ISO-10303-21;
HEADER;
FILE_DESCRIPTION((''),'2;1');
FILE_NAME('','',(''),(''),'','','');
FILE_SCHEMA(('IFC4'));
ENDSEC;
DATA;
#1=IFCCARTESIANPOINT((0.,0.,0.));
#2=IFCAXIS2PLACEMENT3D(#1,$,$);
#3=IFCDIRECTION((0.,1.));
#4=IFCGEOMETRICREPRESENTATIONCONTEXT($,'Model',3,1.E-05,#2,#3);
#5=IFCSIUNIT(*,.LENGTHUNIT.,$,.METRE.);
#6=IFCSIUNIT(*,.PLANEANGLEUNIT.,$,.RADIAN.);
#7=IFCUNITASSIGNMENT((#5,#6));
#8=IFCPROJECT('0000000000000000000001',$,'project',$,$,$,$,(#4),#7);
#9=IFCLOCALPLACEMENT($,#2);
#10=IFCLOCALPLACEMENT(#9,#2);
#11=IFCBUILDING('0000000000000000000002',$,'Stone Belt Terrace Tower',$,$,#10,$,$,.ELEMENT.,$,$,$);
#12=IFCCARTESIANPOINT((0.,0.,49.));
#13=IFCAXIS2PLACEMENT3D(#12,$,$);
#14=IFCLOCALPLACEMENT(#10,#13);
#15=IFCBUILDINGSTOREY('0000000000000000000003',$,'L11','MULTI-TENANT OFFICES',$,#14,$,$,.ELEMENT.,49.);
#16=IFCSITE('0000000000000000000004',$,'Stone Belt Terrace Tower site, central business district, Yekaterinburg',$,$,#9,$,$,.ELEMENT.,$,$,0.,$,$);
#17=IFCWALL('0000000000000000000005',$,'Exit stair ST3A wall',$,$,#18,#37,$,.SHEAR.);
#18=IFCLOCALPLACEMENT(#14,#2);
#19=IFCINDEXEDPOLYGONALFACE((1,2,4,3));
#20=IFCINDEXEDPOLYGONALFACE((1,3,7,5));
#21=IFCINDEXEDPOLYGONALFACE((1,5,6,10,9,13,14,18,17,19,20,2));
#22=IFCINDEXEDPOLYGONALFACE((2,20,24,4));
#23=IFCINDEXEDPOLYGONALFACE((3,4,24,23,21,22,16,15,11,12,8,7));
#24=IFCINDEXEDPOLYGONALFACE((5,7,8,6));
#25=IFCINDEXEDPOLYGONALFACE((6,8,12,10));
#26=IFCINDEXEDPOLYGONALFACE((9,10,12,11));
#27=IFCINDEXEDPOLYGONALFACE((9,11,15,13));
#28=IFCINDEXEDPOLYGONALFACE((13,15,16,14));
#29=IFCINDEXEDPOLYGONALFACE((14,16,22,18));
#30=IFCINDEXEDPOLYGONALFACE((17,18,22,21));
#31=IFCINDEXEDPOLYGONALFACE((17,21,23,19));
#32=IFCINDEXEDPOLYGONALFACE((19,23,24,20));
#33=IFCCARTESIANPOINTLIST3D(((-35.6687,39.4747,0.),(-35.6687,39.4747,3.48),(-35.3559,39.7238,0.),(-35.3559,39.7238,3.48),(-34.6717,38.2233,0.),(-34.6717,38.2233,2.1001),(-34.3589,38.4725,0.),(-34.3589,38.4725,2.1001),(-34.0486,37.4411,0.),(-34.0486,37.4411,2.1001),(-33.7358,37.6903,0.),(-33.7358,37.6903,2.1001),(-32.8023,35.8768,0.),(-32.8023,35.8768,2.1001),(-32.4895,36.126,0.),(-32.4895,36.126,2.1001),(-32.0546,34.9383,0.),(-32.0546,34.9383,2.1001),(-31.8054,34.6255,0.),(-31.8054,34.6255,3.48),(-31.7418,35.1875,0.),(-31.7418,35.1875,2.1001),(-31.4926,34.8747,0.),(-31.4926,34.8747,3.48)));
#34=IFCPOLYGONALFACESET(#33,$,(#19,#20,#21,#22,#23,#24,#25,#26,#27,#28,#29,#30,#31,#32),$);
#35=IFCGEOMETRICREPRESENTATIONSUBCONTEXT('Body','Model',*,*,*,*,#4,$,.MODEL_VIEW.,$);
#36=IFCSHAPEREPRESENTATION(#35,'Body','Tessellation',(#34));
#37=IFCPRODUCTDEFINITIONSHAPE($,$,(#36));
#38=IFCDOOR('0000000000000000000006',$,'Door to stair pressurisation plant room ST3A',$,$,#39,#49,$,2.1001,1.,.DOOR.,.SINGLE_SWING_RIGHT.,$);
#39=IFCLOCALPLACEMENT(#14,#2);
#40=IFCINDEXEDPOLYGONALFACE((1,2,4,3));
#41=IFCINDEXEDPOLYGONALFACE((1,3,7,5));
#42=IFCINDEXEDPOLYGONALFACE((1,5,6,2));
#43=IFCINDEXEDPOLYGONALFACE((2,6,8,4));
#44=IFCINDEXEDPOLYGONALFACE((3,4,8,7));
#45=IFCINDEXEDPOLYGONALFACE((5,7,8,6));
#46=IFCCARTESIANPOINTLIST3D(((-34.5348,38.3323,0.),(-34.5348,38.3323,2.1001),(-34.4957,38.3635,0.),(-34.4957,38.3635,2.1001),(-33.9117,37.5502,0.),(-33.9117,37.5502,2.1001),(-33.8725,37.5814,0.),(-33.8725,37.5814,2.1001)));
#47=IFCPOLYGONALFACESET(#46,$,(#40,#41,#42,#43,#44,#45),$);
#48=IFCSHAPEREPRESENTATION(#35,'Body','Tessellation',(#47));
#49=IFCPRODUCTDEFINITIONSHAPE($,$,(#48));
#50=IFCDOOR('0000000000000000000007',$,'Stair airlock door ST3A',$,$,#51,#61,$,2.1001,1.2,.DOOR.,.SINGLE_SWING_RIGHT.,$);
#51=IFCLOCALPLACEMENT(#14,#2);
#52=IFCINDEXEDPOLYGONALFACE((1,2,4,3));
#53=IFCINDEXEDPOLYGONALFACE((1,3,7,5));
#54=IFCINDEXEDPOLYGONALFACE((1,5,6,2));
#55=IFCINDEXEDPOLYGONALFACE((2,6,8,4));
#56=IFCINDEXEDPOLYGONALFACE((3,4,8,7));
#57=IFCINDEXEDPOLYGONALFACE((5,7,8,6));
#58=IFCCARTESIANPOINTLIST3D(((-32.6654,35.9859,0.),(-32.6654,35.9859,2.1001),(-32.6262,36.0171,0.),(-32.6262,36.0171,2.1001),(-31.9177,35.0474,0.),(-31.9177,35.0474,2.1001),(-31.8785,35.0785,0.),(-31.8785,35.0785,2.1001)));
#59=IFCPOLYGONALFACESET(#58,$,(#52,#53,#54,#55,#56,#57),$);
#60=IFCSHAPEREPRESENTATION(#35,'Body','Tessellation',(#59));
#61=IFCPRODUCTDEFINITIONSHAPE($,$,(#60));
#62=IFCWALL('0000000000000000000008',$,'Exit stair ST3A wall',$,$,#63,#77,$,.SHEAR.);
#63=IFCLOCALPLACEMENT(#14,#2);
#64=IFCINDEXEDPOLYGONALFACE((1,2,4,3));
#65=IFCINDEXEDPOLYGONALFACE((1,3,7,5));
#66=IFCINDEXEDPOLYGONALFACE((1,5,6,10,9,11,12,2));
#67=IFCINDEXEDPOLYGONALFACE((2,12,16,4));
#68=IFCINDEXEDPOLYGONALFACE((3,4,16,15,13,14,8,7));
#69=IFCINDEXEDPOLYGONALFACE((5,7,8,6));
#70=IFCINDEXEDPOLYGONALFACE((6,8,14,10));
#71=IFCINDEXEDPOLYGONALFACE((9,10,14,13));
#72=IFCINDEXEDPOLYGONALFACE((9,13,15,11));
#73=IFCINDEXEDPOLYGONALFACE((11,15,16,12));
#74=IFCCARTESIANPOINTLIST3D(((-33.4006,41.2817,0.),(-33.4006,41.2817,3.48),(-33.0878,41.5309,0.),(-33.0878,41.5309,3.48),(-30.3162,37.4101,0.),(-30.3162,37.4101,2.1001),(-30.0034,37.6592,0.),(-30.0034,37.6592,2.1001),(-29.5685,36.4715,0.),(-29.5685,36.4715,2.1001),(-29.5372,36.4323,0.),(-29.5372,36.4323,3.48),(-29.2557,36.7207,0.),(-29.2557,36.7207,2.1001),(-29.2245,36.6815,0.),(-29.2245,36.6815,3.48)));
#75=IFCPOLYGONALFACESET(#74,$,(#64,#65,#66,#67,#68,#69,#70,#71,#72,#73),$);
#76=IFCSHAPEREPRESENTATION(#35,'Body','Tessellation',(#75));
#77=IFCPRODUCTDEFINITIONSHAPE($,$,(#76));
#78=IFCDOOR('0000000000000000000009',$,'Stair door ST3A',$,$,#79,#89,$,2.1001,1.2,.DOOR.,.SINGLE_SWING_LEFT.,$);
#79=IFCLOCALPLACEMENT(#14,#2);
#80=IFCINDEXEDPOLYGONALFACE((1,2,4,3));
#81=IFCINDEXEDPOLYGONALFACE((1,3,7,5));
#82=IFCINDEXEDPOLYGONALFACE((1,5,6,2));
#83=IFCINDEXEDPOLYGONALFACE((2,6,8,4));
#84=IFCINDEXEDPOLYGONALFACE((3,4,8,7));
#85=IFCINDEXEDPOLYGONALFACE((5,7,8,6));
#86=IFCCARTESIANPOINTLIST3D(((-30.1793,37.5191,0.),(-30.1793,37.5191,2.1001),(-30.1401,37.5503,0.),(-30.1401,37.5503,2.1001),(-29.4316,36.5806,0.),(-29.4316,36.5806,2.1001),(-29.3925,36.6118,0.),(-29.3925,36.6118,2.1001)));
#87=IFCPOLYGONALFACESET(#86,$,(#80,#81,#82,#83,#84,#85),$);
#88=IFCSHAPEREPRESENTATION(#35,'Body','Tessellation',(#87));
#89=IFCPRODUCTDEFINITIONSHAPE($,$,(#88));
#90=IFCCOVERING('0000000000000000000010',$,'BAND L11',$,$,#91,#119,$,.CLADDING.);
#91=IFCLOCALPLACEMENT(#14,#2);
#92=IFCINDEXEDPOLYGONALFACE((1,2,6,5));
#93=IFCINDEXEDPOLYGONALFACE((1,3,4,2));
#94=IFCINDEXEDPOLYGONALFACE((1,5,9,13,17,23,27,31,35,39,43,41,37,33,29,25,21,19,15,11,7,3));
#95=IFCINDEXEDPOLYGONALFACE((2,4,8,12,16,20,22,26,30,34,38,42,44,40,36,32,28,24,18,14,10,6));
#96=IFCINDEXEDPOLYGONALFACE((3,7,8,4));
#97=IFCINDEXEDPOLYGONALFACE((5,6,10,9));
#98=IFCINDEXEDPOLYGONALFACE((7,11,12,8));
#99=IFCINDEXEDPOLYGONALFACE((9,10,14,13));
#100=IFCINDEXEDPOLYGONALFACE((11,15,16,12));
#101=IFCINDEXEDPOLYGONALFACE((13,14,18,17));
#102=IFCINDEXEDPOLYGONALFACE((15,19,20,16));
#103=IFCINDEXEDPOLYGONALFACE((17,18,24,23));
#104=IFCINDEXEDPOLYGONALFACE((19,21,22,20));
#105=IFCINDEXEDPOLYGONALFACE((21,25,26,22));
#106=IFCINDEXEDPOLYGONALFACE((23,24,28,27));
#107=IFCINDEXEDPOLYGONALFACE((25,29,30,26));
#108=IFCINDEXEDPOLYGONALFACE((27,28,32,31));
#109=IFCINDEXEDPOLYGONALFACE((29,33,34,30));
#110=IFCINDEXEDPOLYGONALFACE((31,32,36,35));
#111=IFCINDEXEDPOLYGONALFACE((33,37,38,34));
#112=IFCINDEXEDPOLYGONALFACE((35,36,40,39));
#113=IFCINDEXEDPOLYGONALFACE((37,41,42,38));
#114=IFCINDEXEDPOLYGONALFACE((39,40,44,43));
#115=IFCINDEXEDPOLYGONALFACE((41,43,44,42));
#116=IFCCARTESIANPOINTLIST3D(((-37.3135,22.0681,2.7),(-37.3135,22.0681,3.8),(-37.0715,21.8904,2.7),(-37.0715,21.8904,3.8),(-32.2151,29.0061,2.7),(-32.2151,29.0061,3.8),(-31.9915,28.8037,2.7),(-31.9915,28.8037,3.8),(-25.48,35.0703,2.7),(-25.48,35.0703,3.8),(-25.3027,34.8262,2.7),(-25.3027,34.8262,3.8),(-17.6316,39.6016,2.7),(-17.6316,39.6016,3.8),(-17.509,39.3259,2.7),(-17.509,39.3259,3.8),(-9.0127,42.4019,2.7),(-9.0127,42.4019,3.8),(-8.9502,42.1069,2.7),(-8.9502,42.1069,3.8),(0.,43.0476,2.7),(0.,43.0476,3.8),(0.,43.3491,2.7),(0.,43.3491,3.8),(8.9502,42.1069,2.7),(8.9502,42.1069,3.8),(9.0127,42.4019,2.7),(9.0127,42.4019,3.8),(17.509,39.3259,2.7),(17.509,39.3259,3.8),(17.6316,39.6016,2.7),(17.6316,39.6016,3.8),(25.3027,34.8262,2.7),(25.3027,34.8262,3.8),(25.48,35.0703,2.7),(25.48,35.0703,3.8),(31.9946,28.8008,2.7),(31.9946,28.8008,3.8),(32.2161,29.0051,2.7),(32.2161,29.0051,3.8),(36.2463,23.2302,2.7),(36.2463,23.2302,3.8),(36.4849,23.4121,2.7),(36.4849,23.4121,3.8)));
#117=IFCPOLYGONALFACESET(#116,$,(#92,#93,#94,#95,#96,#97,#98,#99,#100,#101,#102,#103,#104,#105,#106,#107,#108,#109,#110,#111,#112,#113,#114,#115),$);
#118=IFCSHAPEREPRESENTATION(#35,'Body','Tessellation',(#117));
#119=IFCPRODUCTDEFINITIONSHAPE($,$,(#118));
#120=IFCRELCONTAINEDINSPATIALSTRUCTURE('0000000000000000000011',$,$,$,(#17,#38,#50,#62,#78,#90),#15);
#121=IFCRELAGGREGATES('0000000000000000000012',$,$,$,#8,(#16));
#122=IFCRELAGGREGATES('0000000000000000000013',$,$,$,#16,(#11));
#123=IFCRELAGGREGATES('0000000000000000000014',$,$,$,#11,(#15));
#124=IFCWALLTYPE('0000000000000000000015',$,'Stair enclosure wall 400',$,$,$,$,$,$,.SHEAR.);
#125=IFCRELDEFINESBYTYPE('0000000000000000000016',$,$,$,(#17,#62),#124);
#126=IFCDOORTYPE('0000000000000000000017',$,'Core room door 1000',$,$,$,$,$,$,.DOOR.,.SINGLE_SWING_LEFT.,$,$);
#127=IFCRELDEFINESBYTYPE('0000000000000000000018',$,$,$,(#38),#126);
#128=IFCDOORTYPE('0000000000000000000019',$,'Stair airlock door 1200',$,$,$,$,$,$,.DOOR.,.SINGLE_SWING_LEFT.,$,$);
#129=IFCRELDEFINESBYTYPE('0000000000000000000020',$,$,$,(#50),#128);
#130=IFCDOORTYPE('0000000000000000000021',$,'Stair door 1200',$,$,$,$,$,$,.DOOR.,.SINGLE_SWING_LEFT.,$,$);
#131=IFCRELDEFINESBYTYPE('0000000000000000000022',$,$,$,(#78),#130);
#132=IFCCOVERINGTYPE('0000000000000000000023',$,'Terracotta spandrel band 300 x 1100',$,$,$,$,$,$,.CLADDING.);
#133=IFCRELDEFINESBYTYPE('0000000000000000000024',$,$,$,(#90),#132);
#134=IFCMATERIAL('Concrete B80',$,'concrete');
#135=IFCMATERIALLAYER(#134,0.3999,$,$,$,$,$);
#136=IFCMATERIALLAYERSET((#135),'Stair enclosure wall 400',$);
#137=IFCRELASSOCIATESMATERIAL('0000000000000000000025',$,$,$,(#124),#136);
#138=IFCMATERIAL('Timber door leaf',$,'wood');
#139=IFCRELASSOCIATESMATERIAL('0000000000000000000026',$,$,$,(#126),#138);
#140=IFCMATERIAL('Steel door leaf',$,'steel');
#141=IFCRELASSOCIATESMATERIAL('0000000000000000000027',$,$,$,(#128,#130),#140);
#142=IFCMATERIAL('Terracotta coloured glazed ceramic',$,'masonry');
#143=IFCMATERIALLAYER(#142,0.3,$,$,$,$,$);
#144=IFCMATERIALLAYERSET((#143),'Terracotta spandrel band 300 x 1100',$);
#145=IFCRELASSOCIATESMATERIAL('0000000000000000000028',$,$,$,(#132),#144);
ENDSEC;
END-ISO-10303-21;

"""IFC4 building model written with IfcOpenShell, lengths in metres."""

from ifc_helpers import new_model, si_unit, direction, frame, frame_2d, origin, place, context, subcontext, project, spatial, polyline, rectangle, outline, extrude, material, layer, layer_set, type_object, element, fill, save


model = new_model("IFC4")

# Units and contexts
model_context = context("Model", 3, precision=1e-05, world=origin(), true_north=direction((0.0, 1.0)))
body_context = subcontext(model_context, "Body", "Model", "MODEL_VIEW")
ifc_project = project(units=[si_unit("LENGTHUNIT", "METRE"), si_unit("PLANEANGLEUNIT", "RADIAN")], contexts=[model_context])

# Site, building, storey
site_placement = place(None, origin())
site = spatial("IfcSite", under=ifc_project, at=site_placement, Name="Stone Belt Terrace Tower site, central business district, Yekaterinburg", CompositionType="ELEMENT", RefElevation=0.0)
building_placement = place(site_placement, origin())
building = spatial("IfcBuilding", under=site, at=building_placement, Name="Stone Belt Terrace Tower", CompositionType="ELEMENT")
storey_placement = place(building_placement, frame((0.0, 0.0, 49.0)))
storey = spatial("IfcBuildingStorey", under=building, at=storey_placement, Name="L11", Description="MULTI-TENANT OFFICES", CompositionType="ELEMENT", Elevation=49.0)

# Shared definitions
ifc_material_1 = material(Name="Concrete B80", Category="concrete")

# Shared definitions
ifc_material_2 = material(Name="Timber door leaf", Category="wood")

# Shared definitions
ifc_layer_1 = layer(ifc_material_1, 0.3999)
ifc_layer_set_1 = layer_set([ifc_layer_1], Name="Stair enclosure wall 400")
wall_type_1 = type_object("IfcWallType", Name="Stair enclosure wall 400", PredefinedType="SHEAR", material=ifc_layer_set_1)

# Wall, openings, doors
wall_1_placement = place(storey_placement, frame((-31.6489, 34.75, 0.0), z_axis=(0.0, 0.0, 1.0), x_axis=(-0.623119, 0.782127, 0.0)))
wall_1 = element("IfcWall", 1, at=wall_1_placement, inside=storey, type_object=wall_type_1, Name="Exit stair ST3A wall", PredefinedType="SHEAR", context=body_context, shape_type="SweptSolid", body=[
    extrude(rectangle(XDim=6.2, YDim=0.3999, at=frame_2d((3.1001, 0.0))), origin(), (0.0, 0.0, 1.0), 3.48),
])
opening_1_placement = place(wall_1_placement, frame((0.3999, 0.0, 0.0)))
opening_1 = element("IfcOpeningElement", 2, at=opening_1_placement, cuts=wall_1, PredefinedType="OPENING", context=body_context, shape_type="SweptSolid", body=[
    extrude(rectangle(XDim=1.2, YDim=2.1001, at=frame_2d((0.6001, 1.05))), frame((0.0, 0.21, 0.0), z_axis=(0.0, -1.0, 0.0), x_axis=(1.0, 0.0, 0.0)), (0.0, 0.0, 1.0), 0.4199),
])
opening_2_placement = place(wall_1_placement, frame((3.6001, 0.0, 0.0)))
opening_2 = element("IfcOpeningElement", 3, at=opening_2_placement, cuts=wall_1, PredefinedType="OPENING", context=body_context, shape_type="SweptSolid", body=[
    extrude(rectangle(XDim=1.0, YDim=2.1001, at=frame_2d((0.5, 1.05))), frame((0.0, 0.21, 0.0), z_axis=(0.0, -1.0, 0.0), x_axis=(1.0, 0.0, 0.0)), (0.0, 0.0, 1.0), 0.4199),
])
door_type_1 = type_object("IfcDoorType", Name="Core room door 1000", OperationType="SINGLE_SWING_LEFT", PredefinedType="DOOR", material=ifc_material_2)
door_1_placement = place(opening_2_placement, origin())
door_1 = element("IfcDoor", 4, at=door_1_placement, inside=storey, type_object=door_type_1, Name="Door to stair pressurisation plant room ST3A", OperationType="SINGLE_SWING_RIGHT", OverallHeight=2.1001, OverallWidth=1.0, PredefinedType="DOOR", context=body_context, shape_type="SweptSolid", body=[
    extrude(rectangle(XDim=1.0, YDim=2.1001, at=frame_2d((0.5, 1.05))), frame((0.0, 0.0249, 0.0), z_axis=(0.0, -1.0, 0.0), x_axis=(1.0, 0.0, 0.0)), (0.0, 0.0, 1.0), 0.05),
])
fill(opening_2, door_1)
ifc_material_3 = material(Name="Steel door leaf", Category="steel")
door_type_2 = type_object("IfcDoorType", Name="Stair airlock door 1200", OperationType="SINGLE_SWING_LEFT", PredefinedType="DOOR", material=ifc_material_3)
door_2_placement = place(opening_1_placement, origin())
door_2 = element("IfcDoor", 5, at=door_2_placement, inside=storey, type_object=door_type_2, Name="Stair airlock door ST3A", OperationType="SINGLE_SWING_RIGHT", OverallHeight=2.1001, OverallWidth=1.2, PredefinedType="DOOR", context=body_context, shape_type="SweptSolid", body=[
    extrude(rectangle(XDim=1.2, YDim=2.1001, at=frame_2d((0.6001, 1.05))), frame((0.0, 0.0249, 0.0), z_axis=(0.0, -1.0, 0.0), x_axis=(1.0, 0.0, 0.0)), (0.0, 0.0, 1.0), 0.05),
])
fill(opening_1, door_2)

# Wall, opening, door
wall_2_placement = place(storey_placement, frame((-29.3809, 36.5569, 0.0), z_axis=(0.0, 0.0, 1.0), x_axis=(-0.623099, 0.782143, 0.0)))
wall_2 = element("IfcWall", 6, at=wall_2_placement, inside=storey, type_object=wall_type_1, Name="Exit stair ST3A wall", PredefinedType="SHEAR", context=body_context, shape_type="SweptSolid", body=[
    extrude(rectangle(XDim=6.2002, YDim=0.3999, at=frame_2d((3.1001, 0.0))), origin(), (0.0, 0.0, 1.0), 3.48),
])
opening_3_placement = place(wall_2_placement, frame((0.05, 0.0, 0.0)))
opening_3 = element("IfcOpeningElement", 7, at=opening_3_placement, cuts=wall_2, PredefinedType="OPENING", context=body_context, shape_type="SweptSolid", body=[
    extrude(rectangle(XDim=1.2, YDim=2.1001, at=frame_2d((0.6001, 1.05))), frame((0.0, 0.21, 0.0), z_axis=(0.0, -1.0, 0.0), x_axis=(1.0, 0.0, 0.0)), (0.0, 0.0, 1.0), 0.4199),
])
door_type_3 = type_object("IfcDoorType", Name="Stair door 1200", OperationType="SINGLE_SWING_LEFT", PredefinedType="DOOR", material=ifc_material_3)
door_3_placement = place(opening_3_placement, origin())
door_3 = element("IfcDoor", 8, at=door_3_placement, inside=storey, type_object=door_type_3, Name="Stair door ST3A", OperationType="SINGLE_SWING_LEFT", OverallHeight=2.1001, OverallWidth=1.2, PredefinedType="DOOR", context=body_context, shape_type="SweptSolid", body=[
    extrude(rectangle(XDim=1.2, YDim=2.1001, at=frame_2d((0.6001, 1.05))), frame((0.0, 0.0249, 0.0), z_axis=(0.0, -1.0, 0.0), x_axis=(1.0, 0.0, 0.0)), (0.0, 0.0, 1.0), 0.05),
])
fill(opening_3, door_3)

# Covering
ifc_material_4 = material(Name="Terracotta coloured glazed ceramic", Category="masonry")
ifc_layer_2 = layer(ifc_material_4, 0.3)
ifc_layer_set_2 = layer_set([ifc_layer_2], Name="Terracotta spandrel band 300 x 1100")
covering_type = type_object("IfcCoveringType", Name="Terracotta spandrel band 300 x 1100", PredefinedType="CLADDING", material=ifc_layer_set_2)
covering_placement = place(storey_placement, frame((0.0, 0.0, 2.7)))
element("IfcCovering", 9, at=covering_placement, inside=storey, type_object=covering_type, Name="BAND L11", PredefinedType="CLADDING", context=body_context, shape_type="SweptSolid", body=[
    extrude(outline(polyline([(-37.3135, 22.0681), (-32.2151, 29.0061), (-25.48, 35.0703), (-17.6316, 39.6016), (-9.0127, 42.4019), (0.0, 43.3491), (9.0127, 42.4019), (17.6316, 39.6016), (25.48, 35.0703), (32.2161, 29.0051), (36.4849, 23.4121), (36.2463, 23.2302), (31.9946, 28.8008), (25.3027, 34.8262), (17.509, 39.3259), (8.9502, 42.1069), (0.0, 43.0476), (-8.9502, 42.1069), (-17.509, 39.3259), (-25.3027, 34.8262), (-31.9915, 28.8037), (-37.0715, 21.8904), (-37.3135, 22.0681)])), origin(), (0.0, 0.0, 1.0), 1.1001),
])

save(model, "model.ifc")
